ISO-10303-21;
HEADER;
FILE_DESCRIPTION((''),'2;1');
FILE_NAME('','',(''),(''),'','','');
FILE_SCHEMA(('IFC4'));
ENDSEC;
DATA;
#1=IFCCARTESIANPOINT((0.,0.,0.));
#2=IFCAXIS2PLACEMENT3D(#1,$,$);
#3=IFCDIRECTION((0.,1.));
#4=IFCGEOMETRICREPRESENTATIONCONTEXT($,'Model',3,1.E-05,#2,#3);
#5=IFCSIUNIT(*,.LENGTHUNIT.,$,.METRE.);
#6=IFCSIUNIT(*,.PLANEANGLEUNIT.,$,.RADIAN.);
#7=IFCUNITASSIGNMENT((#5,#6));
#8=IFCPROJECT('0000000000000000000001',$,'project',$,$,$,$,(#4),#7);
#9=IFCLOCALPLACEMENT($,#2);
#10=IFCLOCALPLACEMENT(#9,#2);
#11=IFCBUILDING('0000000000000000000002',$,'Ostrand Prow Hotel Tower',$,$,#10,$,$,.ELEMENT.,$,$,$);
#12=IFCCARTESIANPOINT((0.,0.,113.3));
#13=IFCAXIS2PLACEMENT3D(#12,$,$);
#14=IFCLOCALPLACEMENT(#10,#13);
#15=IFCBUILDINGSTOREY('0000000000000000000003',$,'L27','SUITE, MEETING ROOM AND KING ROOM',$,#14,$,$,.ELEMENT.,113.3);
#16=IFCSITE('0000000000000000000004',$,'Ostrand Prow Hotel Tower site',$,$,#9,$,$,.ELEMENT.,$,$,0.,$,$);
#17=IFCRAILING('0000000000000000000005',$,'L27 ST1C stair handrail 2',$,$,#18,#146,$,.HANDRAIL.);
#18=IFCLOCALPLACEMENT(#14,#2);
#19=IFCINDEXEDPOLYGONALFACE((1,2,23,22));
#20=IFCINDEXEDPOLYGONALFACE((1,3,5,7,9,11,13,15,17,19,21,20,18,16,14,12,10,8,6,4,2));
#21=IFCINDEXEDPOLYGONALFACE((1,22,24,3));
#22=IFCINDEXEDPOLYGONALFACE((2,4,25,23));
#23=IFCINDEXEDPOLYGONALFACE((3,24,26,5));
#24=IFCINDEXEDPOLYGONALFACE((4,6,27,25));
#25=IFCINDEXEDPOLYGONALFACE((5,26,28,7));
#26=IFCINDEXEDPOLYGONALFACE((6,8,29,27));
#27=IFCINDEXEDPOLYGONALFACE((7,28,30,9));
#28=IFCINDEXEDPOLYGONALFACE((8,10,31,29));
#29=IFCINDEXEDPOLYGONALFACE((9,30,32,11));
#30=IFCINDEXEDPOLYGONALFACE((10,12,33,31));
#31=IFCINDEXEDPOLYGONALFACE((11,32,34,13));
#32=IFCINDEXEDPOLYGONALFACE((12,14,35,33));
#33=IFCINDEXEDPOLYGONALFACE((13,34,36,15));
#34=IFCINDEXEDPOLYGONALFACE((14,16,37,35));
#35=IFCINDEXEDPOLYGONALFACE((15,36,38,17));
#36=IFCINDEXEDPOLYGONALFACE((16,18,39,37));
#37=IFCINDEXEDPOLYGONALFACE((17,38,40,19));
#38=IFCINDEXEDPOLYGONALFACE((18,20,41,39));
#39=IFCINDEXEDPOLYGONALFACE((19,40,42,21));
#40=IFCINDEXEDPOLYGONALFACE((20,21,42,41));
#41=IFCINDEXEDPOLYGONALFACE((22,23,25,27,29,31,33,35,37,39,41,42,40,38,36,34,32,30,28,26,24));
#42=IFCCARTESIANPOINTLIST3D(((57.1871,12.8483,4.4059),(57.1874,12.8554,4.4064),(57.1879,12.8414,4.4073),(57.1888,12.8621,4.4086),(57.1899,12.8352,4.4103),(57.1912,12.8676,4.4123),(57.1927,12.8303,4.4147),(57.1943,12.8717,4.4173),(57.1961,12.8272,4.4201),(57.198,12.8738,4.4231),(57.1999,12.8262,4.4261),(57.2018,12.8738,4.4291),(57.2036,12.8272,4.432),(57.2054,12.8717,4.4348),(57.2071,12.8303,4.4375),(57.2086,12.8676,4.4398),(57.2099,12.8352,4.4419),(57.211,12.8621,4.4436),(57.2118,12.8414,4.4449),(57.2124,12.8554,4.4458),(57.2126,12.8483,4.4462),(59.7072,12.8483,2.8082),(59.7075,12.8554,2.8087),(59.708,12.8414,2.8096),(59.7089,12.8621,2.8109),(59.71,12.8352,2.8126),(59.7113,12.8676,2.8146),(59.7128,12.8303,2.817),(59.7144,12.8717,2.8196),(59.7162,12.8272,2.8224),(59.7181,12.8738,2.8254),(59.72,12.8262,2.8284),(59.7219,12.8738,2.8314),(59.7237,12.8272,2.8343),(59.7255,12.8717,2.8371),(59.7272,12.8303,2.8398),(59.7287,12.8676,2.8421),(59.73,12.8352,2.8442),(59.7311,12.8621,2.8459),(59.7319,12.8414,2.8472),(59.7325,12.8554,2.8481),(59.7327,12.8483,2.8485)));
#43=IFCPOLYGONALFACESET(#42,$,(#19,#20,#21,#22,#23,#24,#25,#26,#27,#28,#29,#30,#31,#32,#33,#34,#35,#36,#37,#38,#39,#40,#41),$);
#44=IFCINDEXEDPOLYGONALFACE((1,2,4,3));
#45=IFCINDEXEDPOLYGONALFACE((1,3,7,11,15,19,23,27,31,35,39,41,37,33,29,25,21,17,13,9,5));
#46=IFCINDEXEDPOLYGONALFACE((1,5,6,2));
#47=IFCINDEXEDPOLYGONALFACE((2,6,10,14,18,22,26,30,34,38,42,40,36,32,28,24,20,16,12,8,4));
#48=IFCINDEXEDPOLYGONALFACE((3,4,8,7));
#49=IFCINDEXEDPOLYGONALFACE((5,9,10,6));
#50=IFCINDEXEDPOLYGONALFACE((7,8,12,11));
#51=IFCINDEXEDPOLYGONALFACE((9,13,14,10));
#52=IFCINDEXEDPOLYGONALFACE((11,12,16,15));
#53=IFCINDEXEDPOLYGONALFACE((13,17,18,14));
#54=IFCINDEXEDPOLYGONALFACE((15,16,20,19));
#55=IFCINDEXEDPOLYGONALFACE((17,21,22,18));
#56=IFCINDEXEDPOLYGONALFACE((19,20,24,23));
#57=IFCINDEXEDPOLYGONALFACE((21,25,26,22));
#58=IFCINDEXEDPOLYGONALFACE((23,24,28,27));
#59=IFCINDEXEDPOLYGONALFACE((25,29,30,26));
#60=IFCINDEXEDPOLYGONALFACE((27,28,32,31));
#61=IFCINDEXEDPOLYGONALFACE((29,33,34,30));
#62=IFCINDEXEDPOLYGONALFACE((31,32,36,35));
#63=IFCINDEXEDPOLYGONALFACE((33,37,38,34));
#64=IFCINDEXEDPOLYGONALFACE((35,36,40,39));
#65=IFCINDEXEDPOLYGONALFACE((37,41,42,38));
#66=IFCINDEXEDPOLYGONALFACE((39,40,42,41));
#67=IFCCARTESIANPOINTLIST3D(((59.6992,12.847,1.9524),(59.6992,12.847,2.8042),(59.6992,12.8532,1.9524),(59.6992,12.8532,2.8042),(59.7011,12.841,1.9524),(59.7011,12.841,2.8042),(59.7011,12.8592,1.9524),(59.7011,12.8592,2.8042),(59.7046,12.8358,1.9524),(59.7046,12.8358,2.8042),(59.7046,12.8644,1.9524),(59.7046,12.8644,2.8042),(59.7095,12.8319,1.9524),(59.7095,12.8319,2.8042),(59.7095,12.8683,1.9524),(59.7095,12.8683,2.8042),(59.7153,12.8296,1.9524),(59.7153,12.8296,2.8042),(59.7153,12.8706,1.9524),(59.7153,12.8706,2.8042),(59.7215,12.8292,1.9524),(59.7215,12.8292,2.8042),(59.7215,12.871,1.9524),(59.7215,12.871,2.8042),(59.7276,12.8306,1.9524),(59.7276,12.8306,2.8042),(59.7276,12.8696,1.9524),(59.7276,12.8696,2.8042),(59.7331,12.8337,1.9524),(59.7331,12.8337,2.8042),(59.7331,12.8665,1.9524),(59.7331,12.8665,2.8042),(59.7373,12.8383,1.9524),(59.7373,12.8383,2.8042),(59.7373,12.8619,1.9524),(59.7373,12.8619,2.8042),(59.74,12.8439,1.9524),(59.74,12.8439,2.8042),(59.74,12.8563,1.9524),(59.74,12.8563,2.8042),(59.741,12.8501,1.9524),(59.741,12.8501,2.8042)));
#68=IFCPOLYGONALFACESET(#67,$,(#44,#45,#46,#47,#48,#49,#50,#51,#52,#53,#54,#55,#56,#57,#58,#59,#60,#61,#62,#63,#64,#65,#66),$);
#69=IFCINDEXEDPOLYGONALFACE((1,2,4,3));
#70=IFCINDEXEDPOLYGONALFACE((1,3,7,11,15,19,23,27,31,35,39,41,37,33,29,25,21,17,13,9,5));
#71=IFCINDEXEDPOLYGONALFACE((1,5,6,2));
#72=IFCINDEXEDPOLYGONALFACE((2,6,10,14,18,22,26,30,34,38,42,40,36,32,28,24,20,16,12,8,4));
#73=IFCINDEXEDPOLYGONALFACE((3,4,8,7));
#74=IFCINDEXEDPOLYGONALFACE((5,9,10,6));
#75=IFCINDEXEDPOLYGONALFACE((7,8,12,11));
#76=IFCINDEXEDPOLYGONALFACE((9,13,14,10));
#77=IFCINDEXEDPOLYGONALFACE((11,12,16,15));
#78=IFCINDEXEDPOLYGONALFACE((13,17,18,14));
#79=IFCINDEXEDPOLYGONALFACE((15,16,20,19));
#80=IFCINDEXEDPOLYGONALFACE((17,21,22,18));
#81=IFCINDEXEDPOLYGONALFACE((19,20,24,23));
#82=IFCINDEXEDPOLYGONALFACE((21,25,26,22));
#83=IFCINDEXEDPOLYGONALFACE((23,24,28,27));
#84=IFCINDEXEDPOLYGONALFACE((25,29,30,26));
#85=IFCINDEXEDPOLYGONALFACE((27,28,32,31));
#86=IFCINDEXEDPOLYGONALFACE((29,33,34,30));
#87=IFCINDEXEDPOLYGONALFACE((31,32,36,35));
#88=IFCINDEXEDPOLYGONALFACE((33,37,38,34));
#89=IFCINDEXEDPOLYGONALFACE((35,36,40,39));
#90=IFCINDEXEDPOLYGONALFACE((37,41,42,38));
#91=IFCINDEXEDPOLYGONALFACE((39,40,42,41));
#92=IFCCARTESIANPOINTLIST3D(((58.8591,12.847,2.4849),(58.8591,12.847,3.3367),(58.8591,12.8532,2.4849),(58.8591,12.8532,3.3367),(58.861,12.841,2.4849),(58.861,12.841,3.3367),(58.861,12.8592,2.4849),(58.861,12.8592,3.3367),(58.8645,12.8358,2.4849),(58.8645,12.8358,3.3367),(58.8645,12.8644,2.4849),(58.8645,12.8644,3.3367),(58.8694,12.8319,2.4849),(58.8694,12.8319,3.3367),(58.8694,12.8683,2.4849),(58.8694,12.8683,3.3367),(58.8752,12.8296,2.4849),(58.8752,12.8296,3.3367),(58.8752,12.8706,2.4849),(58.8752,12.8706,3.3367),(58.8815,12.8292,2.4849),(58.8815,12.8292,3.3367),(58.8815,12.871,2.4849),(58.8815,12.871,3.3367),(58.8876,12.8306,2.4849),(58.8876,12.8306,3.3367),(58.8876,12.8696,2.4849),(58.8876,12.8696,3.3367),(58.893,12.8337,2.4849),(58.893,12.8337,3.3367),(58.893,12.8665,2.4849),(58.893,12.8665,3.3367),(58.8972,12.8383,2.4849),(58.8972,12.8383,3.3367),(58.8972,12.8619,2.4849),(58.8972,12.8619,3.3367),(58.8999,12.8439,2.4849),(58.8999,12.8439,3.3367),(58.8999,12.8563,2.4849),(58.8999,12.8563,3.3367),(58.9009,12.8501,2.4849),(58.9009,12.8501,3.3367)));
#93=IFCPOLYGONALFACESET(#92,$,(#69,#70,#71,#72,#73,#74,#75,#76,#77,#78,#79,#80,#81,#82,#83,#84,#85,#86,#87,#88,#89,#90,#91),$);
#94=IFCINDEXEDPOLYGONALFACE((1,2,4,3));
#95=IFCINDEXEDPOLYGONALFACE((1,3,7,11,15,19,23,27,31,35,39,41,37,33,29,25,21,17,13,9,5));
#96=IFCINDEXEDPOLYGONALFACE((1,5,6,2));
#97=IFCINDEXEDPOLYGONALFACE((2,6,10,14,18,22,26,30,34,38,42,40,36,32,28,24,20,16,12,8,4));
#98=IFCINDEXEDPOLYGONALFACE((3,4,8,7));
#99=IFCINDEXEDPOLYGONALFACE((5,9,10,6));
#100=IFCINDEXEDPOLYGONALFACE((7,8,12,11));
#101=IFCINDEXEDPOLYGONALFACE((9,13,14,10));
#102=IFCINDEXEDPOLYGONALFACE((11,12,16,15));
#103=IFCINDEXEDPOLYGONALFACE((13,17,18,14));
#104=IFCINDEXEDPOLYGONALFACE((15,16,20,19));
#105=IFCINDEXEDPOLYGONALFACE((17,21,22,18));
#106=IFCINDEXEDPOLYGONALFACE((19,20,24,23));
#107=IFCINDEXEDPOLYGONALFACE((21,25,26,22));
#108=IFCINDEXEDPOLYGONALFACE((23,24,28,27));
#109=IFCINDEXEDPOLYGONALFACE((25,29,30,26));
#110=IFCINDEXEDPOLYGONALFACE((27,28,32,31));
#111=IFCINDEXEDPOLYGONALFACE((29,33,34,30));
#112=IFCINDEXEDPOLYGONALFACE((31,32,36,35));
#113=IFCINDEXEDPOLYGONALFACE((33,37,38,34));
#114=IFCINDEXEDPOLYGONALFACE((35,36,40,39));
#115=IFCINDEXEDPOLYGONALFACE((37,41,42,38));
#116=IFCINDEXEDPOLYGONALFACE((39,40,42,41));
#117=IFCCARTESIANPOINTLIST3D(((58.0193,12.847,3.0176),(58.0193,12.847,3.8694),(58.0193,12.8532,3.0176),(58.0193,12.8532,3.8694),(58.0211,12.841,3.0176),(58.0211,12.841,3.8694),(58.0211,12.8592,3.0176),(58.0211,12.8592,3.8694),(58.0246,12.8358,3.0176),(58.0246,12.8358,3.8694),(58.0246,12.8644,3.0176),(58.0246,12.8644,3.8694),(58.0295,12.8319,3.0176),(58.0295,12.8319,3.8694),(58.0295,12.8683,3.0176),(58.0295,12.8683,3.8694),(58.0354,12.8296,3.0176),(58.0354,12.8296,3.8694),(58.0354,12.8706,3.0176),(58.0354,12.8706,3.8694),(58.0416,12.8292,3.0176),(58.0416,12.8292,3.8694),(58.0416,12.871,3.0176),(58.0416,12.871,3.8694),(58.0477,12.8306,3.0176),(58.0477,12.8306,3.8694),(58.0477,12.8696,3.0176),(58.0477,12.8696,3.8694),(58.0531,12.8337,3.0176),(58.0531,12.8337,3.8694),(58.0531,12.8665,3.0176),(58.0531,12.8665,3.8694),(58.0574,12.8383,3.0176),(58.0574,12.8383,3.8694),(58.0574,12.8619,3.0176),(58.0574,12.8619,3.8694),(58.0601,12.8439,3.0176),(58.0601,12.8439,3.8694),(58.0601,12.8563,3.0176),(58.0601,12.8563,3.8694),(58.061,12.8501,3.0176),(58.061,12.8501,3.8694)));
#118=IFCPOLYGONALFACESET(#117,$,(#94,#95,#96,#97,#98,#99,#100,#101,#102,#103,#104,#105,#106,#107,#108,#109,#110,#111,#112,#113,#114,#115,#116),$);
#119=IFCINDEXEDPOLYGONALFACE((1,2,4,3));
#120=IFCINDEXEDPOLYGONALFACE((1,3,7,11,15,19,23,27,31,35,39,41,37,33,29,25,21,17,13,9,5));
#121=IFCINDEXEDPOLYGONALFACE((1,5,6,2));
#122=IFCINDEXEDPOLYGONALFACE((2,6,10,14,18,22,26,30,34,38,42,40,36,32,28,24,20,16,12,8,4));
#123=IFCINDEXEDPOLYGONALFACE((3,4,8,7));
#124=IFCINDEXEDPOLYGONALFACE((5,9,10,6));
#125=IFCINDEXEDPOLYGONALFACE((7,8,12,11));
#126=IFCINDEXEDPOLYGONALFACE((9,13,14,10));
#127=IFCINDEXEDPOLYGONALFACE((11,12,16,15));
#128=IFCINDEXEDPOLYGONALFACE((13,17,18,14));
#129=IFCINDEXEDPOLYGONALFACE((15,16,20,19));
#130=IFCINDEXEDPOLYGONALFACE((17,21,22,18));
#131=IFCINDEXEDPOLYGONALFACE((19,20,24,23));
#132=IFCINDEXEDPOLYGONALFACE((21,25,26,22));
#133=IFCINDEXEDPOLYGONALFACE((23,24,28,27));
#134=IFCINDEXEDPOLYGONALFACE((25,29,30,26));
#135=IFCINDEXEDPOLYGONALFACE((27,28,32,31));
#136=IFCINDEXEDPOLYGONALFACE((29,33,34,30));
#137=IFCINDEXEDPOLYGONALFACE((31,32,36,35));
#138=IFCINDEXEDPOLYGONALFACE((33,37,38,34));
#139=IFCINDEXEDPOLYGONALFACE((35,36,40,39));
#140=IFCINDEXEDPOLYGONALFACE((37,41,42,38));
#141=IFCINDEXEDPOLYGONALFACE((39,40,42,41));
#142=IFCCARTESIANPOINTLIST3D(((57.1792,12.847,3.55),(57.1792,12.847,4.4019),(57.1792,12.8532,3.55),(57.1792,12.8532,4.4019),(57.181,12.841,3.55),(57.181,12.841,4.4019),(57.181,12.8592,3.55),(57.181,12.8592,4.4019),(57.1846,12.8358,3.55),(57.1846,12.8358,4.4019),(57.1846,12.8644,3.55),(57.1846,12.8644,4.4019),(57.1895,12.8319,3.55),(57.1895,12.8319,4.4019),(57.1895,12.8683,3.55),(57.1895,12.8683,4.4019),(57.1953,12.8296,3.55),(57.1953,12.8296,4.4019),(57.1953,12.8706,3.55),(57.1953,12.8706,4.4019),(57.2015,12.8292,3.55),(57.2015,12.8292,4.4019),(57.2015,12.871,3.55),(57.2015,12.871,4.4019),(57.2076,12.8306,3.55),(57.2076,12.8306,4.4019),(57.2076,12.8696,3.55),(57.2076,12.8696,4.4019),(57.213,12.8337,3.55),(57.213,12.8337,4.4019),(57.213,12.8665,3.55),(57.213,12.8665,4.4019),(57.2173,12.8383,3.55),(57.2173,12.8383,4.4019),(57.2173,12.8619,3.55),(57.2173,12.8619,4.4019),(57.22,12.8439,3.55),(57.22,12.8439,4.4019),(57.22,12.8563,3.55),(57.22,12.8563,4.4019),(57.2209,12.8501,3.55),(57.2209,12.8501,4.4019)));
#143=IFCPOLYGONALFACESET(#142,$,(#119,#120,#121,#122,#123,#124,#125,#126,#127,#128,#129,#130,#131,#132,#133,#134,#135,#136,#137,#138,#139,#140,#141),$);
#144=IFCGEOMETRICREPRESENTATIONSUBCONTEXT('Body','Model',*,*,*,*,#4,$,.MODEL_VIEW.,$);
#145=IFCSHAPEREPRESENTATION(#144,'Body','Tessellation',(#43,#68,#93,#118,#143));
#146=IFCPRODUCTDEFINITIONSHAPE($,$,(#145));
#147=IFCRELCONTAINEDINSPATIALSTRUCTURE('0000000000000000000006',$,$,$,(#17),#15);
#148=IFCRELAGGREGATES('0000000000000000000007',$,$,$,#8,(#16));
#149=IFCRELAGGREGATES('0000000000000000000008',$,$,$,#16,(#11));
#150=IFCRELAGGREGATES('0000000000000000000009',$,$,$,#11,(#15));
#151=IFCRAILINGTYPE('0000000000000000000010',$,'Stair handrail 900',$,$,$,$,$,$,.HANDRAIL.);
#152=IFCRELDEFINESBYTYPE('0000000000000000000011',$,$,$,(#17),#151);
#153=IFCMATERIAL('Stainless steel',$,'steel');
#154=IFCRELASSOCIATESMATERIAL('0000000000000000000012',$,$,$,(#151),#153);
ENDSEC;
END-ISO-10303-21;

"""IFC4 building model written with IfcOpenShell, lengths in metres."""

from ifc_helpers import new_model, si_unit, direction, frame, origin, origin_2d, place, context, subcontext, project, spatial, circle, extrude, material, type_object, element, save


model = new_model("IFC4")

# Units and contexts
model_context = context("Model", 3, precision=1e-05, world=origin(), true_north=direction((0.0, 1.0)))
body_context = subcontext(model_context, "Body", "Model", "MODEL_VIEW")
ifc_project = project(units=[si_unit("LENGTHUNIT", "METRE"), si_unit("PLANEANGLEUNIT", "RADIAN")], contexts=[model_context])

# Site, building, storey
site_placement = place(None, origin())
site = spatial("IfcSite", under=ifc_project, at=site_placement, Name="Ostrand Prow Hotel Tower site", CompositionType="ELEMENT", RefElevation=0.0)
building_placement = place(site_placement, origin())
building = spatial("IfcBuilding", under=site, at=building_placement, Name="Ostrand Prow Hotel Tower", CompositionType="ELEMENT")
storey_placement = place(building_placement, frame((0.0, 0.0, 113.3)))
storey = spatial("IfcBuildingStorey", under=building, at=storey_placement, Name="L27", Description="SUITE, MEETING ROOM AND KING ROOM", CompositionType="ELEMENT", Elevation=113.3)

# Railing
ifc_material_1 = material(Name="Stainless steel", Category="steel")
railing_type_1 = type_object("IfcRailingType", Name="Stair handrail 900", PredefinedType="HANDRAIL", material=ifc_material_1)
railing_1_placement = place(storey_placement, frame((59.72, 12.8501, 1.9524)))
element("IfcRailing", 1, at=railing_1_placement, inside=storey, type_object=railing_type_1, Name="L27 ST1C stair handrail 2", PredefinedType="HANDRAIL", context=body_context, shape_type="SweptSolid", body=[
    extrude(circle(Radius=0.0239, at=origin_2d()), frame((0.0, 0.0, 0.876), z_axis=(-0.84457, 0.0, 0.535445), x_axis=(0.0, -1.0, 0.0)), (0.0, 0.0, 1.0), 2.9839),
    extrude(circle(Radius=0.021, at=origin_2d()), origin(), (0.0, 0.0, 1.0), 0.8518),
    extrude(circle(Radius=0.021, at=origin_2d()), frame((-0.8401, 0.0, 0.5325)), (0.0, 0.0, 1.0), 0.8518),
    extrude(circle(Radius=0.021, at=origin_2d()), frame((-1.6799, 0.0, 1.0652)), (0.0, 0.0, 1.0), 0.8518),
    extrude(circle(Radius=0.021, at=origin_2d()), frame((-2.52, 0.0, 1.5977)), (0.0, 0.0, 1.0), 0.8518),
])

save(model, "model.ifc")
